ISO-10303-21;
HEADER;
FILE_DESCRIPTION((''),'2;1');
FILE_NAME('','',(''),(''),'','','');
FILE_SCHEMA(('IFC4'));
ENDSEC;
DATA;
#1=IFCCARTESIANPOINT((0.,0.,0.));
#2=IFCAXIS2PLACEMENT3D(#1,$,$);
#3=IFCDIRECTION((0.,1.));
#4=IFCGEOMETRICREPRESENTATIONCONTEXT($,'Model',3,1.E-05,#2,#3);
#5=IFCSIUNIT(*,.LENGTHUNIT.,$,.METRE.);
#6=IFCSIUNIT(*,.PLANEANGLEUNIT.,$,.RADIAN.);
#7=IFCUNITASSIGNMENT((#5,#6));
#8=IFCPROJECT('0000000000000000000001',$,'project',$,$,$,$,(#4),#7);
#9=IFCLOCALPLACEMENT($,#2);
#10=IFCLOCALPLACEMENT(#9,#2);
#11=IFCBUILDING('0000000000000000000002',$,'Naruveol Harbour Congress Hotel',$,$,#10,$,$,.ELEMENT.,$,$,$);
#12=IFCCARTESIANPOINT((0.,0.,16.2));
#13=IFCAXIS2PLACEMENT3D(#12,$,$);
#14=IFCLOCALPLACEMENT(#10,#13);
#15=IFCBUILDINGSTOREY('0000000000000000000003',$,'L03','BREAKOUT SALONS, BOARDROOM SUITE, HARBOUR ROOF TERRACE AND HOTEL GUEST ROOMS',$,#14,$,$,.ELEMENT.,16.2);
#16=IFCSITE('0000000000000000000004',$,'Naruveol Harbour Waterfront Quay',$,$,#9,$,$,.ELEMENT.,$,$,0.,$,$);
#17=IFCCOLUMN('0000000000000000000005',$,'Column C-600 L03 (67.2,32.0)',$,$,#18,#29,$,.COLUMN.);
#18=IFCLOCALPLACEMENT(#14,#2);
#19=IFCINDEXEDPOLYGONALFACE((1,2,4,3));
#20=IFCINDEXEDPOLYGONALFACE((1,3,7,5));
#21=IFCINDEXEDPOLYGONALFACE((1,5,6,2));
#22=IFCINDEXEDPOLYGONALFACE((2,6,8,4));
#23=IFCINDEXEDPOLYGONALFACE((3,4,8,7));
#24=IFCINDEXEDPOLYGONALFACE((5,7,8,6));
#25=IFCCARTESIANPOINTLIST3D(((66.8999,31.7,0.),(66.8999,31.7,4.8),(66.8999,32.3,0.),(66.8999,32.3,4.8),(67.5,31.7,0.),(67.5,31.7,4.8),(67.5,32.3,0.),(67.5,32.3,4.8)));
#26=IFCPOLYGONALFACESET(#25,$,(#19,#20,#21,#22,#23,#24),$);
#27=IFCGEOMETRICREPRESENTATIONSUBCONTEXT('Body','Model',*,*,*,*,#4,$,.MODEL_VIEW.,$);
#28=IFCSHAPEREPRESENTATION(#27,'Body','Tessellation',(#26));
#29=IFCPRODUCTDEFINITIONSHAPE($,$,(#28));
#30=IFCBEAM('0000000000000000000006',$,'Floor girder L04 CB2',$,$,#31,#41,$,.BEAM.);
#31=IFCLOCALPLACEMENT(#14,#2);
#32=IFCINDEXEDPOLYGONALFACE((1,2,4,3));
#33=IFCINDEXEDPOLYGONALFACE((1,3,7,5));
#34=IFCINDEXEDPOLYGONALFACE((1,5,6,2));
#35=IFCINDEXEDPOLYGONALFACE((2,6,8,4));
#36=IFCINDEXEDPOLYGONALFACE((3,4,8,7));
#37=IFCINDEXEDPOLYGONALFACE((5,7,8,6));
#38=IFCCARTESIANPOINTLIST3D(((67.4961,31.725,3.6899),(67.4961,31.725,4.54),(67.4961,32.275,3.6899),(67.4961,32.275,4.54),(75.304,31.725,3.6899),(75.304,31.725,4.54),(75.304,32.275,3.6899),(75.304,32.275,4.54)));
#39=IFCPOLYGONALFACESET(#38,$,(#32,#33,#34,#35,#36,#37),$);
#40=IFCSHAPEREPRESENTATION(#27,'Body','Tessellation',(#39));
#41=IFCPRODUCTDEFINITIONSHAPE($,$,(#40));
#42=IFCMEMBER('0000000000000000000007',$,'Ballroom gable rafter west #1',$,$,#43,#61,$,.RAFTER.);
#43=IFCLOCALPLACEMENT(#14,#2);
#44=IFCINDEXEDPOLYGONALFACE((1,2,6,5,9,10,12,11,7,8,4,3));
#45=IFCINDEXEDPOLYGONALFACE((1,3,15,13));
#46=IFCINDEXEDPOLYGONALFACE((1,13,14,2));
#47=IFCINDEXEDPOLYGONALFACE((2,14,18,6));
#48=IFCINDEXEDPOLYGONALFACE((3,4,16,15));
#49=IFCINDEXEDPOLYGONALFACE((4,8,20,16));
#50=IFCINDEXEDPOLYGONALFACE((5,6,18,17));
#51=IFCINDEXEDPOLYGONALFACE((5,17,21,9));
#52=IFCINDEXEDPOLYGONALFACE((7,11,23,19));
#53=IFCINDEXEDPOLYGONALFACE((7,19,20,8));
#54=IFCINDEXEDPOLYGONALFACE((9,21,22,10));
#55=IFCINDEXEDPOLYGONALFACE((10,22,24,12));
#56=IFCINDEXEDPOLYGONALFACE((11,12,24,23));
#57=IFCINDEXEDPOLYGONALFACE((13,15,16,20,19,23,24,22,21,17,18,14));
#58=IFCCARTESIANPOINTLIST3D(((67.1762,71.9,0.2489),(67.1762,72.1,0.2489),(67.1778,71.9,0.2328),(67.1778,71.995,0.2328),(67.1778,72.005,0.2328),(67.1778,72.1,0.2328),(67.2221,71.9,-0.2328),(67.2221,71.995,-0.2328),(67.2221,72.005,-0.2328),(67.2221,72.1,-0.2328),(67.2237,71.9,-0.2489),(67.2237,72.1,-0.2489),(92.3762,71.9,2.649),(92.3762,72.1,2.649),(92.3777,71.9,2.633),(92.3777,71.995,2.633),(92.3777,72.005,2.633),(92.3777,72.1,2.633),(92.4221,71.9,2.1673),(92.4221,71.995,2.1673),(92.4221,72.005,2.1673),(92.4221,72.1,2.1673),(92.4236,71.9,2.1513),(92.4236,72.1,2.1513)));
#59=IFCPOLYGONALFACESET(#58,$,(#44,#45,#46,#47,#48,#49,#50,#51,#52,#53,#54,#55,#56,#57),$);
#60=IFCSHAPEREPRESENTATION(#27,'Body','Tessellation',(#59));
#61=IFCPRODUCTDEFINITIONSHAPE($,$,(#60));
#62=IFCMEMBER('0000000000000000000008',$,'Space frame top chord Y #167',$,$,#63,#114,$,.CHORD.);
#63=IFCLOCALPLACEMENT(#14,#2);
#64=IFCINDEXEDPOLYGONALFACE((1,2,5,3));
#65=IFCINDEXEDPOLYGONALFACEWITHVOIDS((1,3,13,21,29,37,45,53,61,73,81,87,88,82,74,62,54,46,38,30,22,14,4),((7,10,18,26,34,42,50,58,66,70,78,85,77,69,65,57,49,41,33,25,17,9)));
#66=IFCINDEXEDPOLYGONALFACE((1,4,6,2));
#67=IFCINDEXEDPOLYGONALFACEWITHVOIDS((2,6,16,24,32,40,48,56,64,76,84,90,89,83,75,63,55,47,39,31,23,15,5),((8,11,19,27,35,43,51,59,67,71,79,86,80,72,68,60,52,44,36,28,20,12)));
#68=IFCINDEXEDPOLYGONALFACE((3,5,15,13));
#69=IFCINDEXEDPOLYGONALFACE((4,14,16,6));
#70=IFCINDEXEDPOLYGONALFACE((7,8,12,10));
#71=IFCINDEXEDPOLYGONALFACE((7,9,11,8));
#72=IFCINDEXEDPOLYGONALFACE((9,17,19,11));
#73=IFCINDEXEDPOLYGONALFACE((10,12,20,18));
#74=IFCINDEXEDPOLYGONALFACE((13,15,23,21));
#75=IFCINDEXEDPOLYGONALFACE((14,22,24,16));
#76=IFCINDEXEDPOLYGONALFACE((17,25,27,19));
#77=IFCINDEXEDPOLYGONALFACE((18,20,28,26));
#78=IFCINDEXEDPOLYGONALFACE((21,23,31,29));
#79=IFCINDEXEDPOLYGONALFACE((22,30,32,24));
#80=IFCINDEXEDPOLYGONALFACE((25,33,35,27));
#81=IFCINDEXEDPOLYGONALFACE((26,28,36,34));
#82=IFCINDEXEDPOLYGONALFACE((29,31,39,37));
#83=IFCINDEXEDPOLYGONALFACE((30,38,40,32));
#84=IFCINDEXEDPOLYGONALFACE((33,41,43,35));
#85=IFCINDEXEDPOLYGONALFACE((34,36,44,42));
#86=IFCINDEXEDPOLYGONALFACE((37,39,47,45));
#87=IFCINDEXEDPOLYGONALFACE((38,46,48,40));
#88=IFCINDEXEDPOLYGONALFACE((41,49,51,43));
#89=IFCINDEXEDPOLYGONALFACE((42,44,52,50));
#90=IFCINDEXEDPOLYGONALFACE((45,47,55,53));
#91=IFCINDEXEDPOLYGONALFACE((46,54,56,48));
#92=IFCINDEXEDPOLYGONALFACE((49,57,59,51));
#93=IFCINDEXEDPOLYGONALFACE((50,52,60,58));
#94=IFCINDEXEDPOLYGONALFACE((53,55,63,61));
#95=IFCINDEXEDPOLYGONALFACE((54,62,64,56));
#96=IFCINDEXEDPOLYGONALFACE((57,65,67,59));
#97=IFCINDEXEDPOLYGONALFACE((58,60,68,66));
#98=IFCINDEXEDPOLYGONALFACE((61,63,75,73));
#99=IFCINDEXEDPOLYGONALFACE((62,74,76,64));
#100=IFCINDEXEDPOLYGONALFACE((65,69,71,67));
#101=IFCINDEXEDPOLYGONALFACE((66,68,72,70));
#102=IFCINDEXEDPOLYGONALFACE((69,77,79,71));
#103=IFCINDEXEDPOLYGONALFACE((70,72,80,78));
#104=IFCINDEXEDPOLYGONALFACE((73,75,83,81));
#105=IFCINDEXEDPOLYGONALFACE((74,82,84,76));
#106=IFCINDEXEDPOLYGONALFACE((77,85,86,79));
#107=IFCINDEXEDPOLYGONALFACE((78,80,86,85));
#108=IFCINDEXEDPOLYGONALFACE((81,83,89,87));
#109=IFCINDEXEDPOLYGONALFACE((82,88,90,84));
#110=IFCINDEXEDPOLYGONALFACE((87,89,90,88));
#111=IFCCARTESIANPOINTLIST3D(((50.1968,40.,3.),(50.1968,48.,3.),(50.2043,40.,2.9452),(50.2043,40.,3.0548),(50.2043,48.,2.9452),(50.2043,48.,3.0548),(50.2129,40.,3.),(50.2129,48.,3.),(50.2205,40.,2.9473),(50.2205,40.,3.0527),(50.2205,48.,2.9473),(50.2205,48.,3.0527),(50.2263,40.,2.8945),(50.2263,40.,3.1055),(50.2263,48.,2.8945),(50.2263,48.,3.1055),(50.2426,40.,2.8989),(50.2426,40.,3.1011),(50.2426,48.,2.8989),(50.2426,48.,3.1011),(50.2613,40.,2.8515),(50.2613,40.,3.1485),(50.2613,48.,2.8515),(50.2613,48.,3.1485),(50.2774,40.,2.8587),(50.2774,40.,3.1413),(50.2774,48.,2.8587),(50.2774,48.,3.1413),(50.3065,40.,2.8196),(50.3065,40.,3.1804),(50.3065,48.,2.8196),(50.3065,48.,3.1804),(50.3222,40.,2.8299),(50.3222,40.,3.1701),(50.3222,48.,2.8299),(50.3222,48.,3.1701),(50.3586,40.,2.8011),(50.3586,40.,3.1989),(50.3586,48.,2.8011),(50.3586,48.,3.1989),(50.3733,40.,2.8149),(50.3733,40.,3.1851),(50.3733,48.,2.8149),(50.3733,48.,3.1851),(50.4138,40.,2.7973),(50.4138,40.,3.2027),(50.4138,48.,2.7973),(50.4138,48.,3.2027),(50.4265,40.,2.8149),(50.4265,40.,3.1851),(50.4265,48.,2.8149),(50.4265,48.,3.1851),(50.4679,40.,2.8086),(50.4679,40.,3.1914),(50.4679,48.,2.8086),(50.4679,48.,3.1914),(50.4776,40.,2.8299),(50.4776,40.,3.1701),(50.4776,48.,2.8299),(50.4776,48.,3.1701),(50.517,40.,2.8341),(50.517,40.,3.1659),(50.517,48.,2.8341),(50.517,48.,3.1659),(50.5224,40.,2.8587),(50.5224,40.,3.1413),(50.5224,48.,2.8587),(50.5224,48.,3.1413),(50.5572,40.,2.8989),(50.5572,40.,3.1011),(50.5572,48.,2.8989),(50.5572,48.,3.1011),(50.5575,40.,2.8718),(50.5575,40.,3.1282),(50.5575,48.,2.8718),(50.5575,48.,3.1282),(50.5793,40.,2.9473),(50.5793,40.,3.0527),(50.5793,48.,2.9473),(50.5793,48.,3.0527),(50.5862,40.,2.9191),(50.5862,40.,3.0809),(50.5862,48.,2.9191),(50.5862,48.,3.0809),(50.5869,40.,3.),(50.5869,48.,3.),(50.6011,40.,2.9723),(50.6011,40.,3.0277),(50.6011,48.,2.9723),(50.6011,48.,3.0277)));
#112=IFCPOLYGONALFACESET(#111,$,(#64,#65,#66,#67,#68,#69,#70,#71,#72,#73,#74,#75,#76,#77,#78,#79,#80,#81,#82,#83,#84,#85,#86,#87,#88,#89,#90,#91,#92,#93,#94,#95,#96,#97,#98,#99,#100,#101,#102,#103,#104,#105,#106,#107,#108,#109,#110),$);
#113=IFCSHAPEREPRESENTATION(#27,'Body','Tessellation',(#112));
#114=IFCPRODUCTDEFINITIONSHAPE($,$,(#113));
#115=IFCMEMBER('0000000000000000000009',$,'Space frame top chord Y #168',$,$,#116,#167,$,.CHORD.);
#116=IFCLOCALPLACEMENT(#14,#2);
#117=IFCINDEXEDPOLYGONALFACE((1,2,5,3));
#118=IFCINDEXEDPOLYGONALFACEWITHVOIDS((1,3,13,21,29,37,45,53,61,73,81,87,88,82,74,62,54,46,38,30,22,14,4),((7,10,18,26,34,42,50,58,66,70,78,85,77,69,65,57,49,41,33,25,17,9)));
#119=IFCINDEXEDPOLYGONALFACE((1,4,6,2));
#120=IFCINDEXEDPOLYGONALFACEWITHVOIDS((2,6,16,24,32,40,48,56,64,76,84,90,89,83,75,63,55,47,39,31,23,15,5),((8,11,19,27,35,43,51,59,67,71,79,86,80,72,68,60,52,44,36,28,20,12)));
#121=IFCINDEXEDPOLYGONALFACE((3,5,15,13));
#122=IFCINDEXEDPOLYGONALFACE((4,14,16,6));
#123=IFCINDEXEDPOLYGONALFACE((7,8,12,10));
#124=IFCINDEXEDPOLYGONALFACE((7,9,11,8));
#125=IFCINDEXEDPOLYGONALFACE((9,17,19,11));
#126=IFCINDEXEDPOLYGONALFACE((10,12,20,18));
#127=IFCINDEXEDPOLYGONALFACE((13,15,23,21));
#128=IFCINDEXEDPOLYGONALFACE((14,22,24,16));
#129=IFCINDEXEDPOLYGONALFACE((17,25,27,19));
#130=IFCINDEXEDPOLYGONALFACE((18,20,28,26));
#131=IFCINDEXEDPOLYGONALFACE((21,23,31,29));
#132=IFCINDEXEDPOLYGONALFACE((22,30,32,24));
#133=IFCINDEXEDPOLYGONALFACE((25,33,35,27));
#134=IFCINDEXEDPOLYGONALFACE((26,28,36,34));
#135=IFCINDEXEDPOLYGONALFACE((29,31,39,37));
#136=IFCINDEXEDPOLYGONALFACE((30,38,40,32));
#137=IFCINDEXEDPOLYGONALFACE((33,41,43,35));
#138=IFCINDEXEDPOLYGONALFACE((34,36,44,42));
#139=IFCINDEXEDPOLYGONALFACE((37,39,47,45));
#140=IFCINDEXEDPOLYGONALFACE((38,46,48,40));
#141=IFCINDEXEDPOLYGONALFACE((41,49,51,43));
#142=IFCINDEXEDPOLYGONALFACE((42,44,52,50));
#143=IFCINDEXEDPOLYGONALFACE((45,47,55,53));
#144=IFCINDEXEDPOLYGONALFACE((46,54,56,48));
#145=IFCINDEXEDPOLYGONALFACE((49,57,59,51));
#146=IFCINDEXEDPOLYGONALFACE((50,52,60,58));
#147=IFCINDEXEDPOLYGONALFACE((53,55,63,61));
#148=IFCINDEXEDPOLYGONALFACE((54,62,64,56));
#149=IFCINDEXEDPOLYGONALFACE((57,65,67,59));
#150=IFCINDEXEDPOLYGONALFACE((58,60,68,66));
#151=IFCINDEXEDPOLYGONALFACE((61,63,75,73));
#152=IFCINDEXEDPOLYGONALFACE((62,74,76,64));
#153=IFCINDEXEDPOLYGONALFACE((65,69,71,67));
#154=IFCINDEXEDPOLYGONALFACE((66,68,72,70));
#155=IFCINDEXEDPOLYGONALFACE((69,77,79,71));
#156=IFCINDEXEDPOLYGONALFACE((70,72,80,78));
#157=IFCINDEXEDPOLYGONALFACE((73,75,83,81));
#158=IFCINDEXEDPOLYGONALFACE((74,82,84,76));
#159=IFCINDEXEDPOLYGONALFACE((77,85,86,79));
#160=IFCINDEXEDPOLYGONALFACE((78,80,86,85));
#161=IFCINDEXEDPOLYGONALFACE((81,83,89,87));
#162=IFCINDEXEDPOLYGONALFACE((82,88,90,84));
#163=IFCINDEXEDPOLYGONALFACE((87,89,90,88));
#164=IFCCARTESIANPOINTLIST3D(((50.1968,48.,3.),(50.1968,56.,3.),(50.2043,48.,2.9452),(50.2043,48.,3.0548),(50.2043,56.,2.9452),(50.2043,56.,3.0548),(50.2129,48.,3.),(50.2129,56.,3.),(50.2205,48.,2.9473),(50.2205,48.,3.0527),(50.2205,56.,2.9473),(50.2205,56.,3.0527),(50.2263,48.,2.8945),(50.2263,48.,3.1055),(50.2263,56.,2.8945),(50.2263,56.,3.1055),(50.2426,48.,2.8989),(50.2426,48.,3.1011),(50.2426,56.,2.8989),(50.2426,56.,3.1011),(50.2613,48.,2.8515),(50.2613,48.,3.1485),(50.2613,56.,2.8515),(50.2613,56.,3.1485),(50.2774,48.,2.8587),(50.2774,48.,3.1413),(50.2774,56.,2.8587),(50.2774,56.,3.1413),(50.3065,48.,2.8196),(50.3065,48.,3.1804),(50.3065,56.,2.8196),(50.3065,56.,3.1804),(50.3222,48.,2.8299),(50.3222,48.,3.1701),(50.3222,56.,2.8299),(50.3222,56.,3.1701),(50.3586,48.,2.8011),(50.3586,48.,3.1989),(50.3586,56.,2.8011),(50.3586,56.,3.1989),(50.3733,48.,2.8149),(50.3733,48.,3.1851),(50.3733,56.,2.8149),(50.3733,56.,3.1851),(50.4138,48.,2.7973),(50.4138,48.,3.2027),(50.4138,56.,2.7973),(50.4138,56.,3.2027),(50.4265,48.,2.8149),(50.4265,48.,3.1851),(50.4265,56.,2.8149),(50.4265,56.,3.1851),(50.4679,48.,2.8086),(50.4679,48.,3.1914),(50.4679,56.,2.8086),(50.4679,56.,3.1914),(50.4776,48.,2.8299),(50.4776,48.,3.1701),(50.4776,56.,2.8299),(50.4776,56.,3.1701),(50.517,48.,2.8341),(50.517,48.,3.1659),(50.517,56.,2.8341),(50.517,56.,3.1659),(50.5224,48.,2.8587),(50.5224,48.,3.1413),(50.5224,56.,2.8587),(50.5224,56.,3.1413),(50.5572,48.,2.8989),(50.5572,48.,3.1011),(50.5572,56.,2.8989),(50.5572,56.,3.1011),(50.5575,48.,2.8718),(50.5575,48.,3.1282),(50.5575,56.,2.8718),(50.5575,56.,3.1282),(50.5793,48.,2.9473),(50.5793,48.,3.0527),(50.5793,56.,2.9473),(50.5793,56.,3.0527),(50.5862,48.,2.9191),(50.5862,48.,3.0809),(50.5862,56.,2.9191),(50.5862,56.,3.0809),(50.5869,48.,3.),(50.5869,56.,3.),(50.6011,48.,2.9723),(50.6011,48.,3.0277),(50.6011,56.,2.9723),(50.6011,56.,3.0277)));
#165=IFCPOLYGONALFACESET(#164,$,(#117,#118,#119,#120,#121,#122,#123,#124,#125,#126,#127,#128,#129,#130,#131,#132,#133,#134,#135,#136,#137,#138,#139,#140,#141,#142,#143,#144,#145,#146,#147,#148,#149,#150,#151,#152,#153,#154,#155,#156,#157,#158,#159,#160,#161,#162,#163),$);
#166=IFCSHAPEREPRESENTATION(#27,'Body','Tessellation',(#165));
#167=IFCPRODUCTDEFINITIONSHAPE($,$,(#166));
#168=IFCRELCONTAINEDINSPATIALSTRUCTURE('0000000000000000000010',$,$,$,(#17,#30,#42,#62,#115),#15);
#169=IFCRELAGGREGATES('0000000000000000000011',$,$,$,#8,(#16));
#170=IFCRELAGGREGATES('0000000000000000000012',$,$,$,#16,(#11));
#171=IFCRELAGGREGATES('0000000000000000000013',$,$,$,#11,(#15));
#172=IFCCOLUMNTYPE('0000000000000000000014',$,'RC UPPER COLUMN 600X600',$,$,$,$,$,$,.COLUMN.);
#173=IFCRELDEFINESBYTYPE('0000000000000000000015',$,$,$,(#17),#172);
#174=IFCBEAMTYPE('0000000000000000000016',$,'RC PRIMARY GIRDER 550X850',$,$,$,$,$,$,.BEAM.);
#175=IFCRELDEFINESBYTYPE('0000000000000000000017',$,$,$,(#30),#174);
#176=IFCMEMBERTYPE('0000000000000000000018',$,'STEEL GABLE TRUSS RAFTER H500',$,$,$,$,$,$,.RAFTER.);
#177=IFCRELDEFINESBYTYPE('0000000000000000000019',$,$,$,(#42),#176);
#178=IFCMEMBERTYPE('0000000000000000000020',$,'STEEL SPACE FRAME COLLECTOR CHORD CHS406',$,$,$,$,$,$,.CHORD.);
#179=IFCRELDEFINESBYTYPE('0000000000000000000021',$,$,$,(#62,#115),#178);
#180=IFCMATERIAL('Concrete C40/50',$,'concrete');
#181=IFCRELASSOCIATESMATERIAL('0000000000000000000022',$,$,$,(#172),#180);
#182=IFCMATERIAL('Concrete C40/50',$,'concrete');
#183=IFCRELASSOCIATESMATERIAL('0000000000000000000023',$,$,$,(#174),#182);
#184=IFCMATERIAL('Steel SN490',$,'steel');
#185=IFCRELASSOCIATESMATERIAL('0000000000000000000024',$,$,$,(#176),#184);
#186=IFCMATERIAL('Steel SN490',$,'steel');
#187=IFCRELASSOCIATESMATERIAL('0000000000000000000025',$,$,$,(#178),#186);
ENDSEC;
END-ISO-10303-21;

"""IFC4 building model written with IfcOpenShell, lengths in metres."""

from ifc_helpers import new_model, si_unit, direction, frame, origin, origin_2d, place, context, subcontext, project, spatial, rectangle, hollow_circle, i_section, extrude, material, material_profile, profile_set, type_object, element, save


model = new_model("IFC4")

# Units and contexts
model_context = context("Model", 3, precision=1e-05, world=origin(), true_north=direction((0.0, 1.0)))
body_context = subcontext(model_context, "Body", "Model", "MODEL_VIEW")
ifc_project = project(units=[si_unit("LENGTHUNIT", "METRE"), si_unit("PLANEANGLEUNIT", "RADIAN")], contexts=[model_context])

# Site, building, storey
site_placement = place(None, origin())
site = spatial("IfcSite", under=ifc_project, at=site_placement, Name="Naruveol Harbour Waterfront Quay", CompositionType="ELEMENT", RefElevation=0.0)
building_placement = place(site_placement, origin())
building = spatial("IfcBuilding", under=site, at=building_placement, Name="Naruveol Harbour Congress Hotel", CompositionType="ELEMENT")
storey_placement = place(building_placement, frame((0.0, 0.0, 16.2)))
storey = spatial("IfcBuildingStorey", under=building, at=storey_placement, Name="L03", Description="BREAKOUT SALONS, BOARDROOM SUITE, HARBOUR ROOF TERRACE AND HOTEL GUEST ROOMS", CompositionType="ELEMENT", Elevation=16.2)

# Column
ifc_material_1 = material(Name="Concrete C40/50", Category="concrete")
ifc_material_profile_1 = material_profile(ifc_material_1, rectangle(XDim=0.6001, YDim=0.6001, at=origin_2d()), Name="RC-600x600")
ifc_profile_set_1 = profile_set([ifc_material_profile_1], Name="Concrete C40/50")
column_type = type_object("IfcColumnType", Name="RC UPPER COLUMN 600X600", PredefinedType="COLUMN", material=ifc_profile_set_1)
column_placement = place(storey_placement, frame((67.2, 32.0, 0.0), z_axis=(0.0, 0.0, 1.0), x_axis=(1.0, 0.0, 0.0)))
element("IfcColumn", 1, at=column_placement, inside=storey, type_object=column_type, Name="Column C-600 L03 (67.2,32.0)", PredefinedType="COLUMN", context=body_context, shape_type="SweptSolid", body=[
    extrude(rectangle(XDim=0.6001, YDim=0.6001, at=origin_2d()), origin(), (0.0, 0.0, 1.0), 4.8),
])

# Beam
ifc_material_2 = material(Name="Concrete C40/50", Category="concrete")
ifc_material_profile_2 = material_profile(ifc_material_2, rectangle(XDim=0.55, YDim=0.8501, at=origin_2d()), Name="RCB-550x850")
ifc_profile_set_2 = profile_set([ifc_material_profile_2], Name="Concrete C40/50")
beam_type = type_object("IfcBeamType", Name="RC PRIMARY GIRDER 550X850", PredefinedType="BEAM", material=ifc_profile_set_2)
beam_placement = place(storey_placement, frame((67.4961, 32.0, 4.115), z_axis=(1.0, 0.0, 0.0), x_axis=(0.0, 1.0, 0.0)))
element("IfcBeam", 2, at=beam_placement, inside=storey, type_object=beam_type, Name="Floor girder L04 CB2", PredefinedType="BEAM", context=body_context, shape_type="SweptSolid", body=[
    extrude(rectangle(XDim=0.55, YDim=0.8501, at=origin_2d()), origin(), (0.0, 0.0, 1.0), 7.8079),
])

# Members
ifc_material_3 = material(Name="Steel SN490", Category="steel")
ifc_material_profile_3 = material_profile(ifc_material_3, i_section(OverallWidth=0.2, OverallDepth=0.5, WebThickness=0.01, FlangeThickness=0.0161, at=origin_2d()), Name="H-500x200x10x16")
ifc_profile_set_3 = profile_set([ifc_material_profile_3], Name="Steel SN490")
member_type_1 = type_object("IfcMemberType", Name="STEEL GABLE TRUSS RAFTER H500", PredefinedType="RAFTER", material=ifc_profile_set_3)
member_placement = place(storey_placement, frame((67.2, 72.0, 0.0), z_axis=(0.995495, 0.0, 0.094815), x_axis=(0.0, 1.0, 0.0)))
element("IfcMember", 3, at=member_placement, inside=storey, type_object=member_type_1, Name="Ballroom gable rafter west #1", PredefinedType="RAFTER", context=body_context, shape_type="SweptSolid", body=[
    extrude(i_section(OverallWidth=0.2, OverallDepth=0.5, WebThickness=0.01, FlangeThickness=0.0161, at=origin_2d()), origin(), (0.0, 0.0, 1.0), 25.314),
])
ifc_material_4 = material(Name="Steel SN490", Category="steel")
ifc_material_profile_4 = material_profile(ifc_material_4, hollow_circle(Radius=0.2031, WallThickness=0.0161, at=origin_2d()), Name="CHS-406.4x16")
ifc_profile_set_4 = profile_set([ifc_material_profile_4], Name="Steel SN490")
member_type_2 = type_object("IfcMemberType", Name="STEEL SPACE FRAME COLLECTOR CHORD CHS406", PredefinedType="CHORD", material=ifc_profile_set_4)
for number, where, z_axis, x_axis, name in (
    (4, (50.3999, 40.0, 3.0), (0.0, 1.0, 0.0), (-1.0, 0.0, 0.0), "Space frame top chord Y #167"),
    (5, (50.3999, 48.0, 3.0), (0.0, 1.0, 0.0), (-1.0, 0.0, 0.0), "Space frame top chord Y #168"),
):
    element("IfcMember", number, at=place(storey_placement, frame(where, z_axis=z_axis, x_axis=x_axis)), inside=storey, type_object=member_type_2, Name=name, PredefinedType="CHORD", context=body_context, shape_type="SweptSolid", body=[
        extrude(hollow_circle(Radius=0.2031, WallThickness=0.0161, at=origin_2d()), origin(), (0.0, 0.0, 1.0), 8.0),
    ])

save(model, "model.ifc")
